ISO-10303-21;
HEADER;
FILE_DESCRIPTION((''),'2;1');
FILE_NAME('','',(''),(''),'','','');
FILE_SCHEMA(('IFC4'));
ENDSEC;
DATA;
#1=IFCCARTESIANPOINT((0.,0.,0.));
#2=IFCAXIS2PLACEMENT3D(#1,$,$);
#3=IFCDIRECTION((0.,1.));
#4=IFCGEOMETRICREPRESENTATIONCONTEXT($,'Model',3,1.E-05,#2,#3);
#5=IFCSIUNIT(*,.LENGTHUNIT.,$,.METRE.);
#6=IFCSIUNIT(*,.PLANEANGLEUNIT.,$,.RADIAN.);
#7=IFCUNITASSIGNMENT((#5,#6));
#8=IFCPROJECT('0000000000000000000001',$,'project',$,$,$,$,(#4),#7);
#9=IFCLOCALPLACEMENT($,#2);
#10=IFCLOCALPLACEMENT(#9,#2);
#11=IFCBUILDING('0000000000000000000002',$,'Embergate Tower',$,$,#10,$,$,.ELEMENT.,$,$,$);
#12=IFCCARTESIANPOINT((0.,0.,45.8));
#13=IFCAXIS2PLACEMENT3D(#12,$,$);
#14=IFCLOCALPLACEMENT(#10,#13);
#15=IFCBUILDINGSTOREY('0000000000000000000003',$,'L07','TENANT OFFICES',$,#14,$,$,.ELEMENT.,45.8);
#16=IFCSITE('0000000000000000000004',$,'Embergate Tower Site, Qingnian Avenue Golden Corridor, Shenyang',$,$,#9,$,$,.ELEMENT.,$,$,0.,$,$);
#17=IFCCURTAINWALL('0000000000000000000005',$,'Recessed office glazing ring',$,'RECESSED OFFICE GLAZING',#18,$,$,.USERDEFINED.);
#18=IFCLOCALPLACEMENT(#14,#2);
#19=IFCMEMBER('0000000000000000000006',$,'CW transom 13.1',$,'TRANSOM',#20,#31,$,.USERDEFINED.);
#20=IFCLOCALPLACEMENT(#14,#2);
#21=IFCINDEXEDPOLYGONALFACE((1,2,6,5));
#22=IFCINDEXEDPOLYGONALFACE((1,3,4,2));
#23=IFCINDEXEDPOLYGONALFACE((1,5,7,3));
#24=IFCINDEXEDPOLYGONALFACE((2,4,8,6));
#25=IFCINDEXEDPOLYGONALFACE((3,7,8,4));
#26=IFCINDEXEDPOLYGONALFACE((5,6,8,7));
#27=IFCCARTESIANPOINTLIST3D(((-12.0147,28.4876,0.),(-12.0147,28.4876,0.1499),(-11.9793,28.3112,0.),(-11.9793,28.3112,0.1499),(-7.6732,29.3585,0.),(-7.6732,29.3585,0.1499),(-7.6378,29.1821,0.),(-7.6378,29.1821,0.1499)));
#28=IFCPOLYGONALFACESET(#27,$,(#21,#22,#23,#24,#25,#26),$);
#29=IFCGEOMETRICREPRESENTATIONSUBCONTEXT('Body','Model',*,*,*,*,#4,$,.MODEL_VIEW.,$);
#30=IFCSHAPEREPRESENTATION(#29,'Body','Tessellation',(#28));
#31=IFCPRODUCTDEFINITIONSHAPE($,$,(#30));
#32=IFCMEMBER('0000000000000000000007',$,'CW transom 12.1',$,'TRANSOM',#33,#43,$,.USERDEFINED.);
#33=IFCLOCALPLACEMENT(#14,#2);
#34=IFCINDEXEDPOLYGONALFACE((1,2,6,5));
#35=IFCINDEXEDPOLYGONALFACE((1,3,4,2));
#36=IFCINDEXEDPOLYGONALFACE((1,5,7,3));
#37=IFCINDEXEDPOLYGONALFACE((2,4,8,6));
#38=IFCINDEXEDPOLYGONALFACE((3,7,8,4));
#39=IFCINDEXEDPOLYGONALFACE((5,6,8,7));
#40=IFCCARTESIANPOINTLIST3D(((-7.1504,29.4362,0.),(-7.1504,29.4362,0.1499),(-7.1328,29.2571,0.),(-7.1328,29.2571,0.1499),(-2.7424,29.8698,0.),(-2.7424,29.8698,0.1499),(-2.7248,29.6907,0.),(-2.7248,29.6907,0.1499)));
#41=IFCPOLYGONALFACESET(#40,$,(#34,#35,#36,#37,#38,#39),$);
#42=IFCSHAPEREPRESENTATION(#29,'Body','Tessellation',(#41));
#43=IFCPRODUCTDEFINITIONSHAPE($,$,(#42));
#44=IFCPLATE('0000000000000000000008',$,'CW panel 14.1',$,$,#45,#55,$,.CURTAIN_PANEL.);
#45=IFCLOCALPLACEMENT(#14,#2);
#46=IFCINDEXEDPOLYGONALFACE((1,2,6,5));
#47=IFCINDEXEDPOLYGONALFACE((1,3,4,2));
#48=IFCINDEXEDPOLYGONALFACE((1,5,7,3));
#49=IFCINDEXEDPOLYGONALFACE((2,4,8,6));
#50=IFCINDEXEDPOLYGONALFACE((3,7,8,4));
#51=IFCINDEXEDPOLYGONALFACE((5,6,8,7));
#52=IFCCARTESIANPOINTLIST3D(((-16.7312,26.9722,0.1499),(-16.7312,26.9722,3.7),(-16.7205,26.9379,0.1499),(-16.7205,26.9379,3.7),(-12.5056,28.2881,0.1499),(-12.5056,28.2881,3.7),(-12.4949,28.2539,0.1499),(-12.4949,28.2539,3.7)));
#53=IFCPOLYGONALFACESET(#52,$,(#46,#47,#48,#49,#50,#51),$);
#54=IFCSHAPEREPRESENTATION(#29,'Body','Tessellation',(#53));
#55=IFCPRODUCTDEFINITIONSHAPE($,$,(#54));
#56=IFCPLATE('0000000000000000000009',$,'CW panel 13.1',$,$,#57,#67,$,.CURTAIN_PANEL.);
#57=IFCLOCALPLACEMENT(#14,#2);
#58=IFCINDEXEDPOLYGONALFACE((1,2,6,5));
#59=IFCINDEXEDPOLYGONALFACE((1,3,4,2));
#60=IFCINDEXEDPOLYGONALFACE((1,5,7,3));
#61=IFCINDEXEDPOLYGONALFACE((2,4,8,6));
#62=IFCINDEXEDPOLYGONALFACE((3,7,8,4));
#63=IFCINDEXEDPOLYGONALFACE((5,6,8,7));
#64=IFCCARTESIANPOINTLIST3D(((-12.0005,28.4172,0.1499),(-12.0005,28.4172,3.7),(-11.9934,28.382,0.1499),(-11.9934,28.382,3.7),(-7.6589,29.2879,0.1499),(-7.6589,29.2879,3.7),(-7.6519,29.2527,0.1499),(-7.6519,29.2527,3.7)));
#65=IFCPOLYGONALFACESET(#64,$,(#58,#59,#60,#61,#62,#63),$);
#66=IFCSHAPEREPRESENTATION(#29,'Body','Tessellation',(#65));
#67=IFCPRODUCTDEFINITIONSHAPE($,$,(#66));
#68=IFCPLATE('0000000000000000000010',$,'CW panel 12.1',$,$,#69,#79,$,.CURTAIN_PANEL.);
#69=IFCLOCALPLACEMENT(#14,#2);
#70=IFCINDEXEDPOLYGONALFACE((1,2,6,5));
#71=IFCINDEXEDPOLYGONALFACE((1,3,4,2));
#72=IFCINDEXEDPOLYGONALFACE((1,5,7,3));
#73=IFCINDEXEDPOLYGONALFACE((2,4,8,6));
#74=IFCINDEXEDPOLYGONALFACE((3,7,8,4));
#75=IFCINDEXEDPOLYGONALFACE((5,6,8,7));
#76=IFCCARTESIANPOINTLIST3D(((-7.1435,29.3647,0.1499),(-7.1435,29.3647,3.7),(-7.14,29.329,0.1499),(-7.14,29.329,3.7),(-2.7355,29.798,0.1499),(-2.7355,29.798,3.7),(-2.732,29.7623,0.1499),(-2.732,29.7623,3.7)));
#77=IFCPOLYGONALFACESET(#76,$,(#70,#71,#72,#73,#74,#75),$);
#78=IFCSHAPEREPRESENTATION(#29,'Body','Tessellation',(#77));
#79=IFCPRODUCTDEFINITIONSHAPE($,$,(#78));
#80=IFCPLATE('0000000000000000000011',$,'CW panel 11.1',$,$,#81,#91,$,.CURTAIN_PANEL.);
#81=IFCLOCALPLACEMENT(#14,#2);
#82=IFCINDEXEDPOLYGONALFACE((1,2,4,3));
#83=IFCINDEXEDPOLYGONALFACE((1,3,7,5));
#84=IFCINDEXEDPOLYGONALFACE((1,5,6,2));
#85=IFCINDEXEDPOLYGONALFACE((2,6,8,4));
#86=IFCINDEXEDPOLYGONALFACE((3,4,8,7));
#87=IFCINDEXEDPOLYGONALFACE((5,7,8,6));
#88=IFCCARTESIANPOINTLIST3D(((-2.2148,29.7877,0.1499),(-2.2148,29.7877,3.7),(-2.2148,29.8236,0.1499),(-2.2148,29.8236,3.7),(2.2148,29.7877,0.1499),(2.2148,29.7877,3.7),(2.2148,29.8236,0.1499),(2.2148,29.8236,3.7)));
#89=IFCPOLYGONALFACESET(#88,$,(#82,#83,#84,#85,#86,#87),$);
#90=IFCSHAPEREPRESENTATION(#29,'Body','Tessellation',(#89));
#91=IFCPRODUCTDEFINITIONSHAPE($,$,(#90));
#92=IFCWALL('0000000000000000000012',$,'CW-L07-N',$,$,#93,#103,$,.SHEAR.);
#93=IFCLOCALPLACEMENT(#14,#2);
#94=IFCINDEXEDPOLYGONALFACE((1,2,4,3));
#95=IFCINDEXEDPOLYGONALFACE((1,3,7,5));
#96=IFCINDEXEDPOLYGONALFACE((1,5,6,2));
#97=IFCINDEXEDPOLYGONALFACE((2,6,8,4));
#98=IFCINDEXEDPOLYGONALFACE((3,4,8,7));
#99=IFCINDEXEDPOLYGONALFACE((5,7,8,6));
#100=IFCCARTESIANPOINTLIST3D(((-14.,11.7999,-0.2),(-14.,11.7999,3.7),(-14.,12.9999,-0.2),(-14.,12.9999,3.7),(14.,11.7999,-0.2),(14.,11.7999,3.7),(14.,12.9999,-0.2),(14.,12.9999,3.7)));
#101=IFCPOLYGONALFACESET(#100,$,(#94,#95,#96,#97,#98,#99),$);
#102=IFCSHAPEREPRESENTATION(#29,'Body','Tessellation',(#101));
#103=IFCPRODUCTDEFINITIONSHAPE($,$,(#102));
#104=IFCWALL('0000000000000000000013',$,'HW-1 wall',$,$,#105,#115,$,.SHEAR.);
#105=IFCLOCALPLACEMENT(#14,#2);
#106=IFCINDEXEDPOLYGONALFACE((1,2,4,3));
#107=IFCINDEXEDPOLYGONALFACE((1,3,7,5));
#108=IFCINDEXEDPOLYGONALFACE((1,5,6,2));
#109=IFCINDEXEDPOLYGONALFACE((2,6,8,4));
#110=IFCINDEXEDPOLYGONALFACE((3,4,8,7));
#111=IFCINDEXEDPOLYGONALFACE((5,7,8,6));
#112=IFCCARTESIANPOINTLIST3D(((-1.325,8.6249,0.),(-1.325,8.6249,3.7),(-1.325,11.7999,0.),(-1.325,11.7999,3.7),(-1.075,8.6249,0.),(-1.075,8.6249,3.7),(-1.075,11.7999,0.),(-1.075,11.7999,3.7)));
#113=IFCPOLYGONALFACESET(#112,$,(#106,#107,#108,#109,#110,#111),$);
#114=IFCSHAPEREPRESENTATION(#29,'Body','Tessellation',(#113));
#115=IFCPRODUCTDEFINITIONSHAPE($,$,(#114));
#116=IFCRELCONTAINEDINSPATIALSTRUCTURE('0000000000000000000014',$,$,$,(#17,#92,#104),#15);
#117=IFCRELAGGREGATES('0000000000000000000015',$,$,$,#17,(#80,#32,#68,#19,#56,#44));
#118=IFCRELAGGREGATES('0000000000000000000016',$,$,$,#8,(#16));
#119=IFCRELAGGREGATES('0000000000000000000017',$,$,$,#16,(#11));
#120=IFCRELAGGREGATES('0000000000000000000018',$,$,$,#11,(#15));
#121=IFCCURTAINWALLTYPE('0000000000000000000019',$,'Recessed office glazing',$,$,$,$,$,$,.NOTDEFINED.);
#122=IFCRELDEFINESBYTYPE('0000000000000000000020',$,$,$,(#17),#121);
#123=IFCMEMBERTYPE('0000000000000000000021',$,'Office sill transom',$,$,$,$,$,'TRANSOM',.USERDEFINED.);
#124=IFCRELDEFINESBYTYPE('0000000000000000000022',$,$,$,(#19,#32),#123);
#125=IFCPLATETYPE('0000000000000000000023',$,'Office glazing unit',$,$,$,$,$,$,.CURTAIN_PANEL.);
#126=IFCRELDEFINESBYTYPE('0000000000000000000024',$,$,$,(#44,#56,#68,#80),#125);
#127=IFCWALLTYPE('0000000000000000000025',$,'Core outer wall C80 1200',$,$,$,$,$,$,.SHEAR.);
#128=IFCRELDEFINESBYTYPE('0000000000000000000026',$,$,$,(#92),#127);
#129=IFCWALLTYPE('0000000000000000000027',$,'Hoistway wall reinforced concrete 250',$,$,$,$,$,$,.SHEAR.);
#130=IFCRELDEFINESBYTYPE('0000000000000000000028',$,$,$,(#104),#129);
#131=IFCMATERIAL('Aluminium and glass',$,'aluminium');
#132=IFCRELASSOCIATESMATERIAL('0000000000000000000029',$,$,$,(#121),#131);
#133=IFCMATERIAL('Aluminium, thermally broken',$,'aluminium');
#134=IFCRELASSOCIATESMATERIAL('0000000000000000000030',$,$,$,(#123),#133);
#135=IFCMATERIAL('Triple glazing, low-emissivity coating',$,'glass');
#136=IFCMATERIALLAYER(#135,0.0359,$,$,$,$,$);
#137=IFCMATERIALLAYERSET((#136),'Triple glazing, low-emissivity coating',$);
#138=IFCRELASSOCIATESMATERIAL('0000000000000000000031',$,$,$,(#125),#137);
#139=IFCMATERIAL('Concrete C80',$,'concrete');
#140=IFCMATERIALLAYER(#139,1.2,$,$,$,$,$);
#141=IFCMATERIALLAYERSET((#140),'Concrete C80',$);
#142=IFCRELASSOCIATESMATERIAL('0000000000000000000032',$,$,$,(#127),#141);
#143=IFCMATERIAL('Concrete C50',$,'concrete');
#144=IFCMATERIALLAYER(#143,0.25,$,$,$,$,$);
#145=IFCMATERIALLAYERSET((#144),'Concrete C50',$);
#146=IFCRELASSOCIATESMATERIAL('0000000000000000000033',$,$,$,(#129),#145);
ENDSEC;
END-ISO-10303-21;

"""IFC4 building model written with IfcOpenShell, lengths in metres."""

from ifc_helpers import new_model, si_unit, direction, frame, frame_2d, origin, origin_2d, place, context, subcontext, project, spatial, rectangle, extrude, source, transform, mapped, material, layer, layer_set, material_profile, profile_set, type_object, element, aggregate, save


model = new_model("IFC4")

# Units and contexts
model_context = context("Model", 3, precision=1e-05, world=origin(), true_north=direction((0.0, 1.0)))
body_context = subcontext(model_context, "Body", "Model", "MODEL_VIEW")
ifc_project = project(units=[si_unit("LENGTHUNIT", "METRE"), si_unit("PLANEANGLEUNIT", "RADIAN")], contexts=[model_context])

# Site, building, storey
site_placement = place(None, origin())
site = spatial("IfcSite", under=ifc_project, at=site_placement, Name="Embergate Tower Site, Qingnian Avenue Golden Corridor, Shenyang", CompositionType="ELEMENT", RefElevation=0.0)
building_placement = place(site_placement, origin())
building = spatial("IfcBuilding", under=site, at=building_placement, Name="Embergate Tower", CompositionType="ELEMENT")
storey_placement = place(building_placement, frame((0.0, 0.0, 45.8)))
storey = spatial("IfcBuildingStorey", under=building, at=storey_placement, Name="L07", Description="TENANT OFFICES", CompositionType="ELEMENT", Elevation=45.8)

# Curtain wall, members, plates
ifc_material_1 = material(Name="Aluminium and glass", Category="aluminium")
curtain_wall_type = type_object("IfcCurtainWallType", Name="Recessed office glazing", PredefinedType="NOTDEFINED", material=ifc_material_1)
curtain_wall_placement = place(storey_placement, origin())
curtain_wall = element("IfcCurtainWall", 1, at=curtain_wall_placement, inside=storey, type_object=curtain_wall_type, Name="Recessed office glazing ring", ObjectType="RECESSED OFFICE GLAZING", PredefinedType="USERDEFINED")
ifc_material_2 = material(Name="Aluminium, thermally broken", Category="aluminium")
ifc_material_profile_1 = material_profile(ifc_material_2, rectangle(XDim=0.1799, YDim=0.1499, at=origin_2d()), Name="AL 150x180")
ifc_profile_set_1 = profile_set([ifc_material_profile_1], Name="Aluminium, thermally broken")
member_type_1 = type_object("IfcMemberType", Name="Office sill transom", ElementType="TRANSOM", PredefinedType="USERDEFINED", material=ifc_profile_set_1)
shared_shape_1 = source(origin(), body_context, "Body", "SweptSolid", [
    extrude(rectangle(XDim=0.1799, YDim=0.1499, at=origin_2d()), origin(), (0.0, 0.0, 1.0), 4.428),
])
member_1_placement = place(storey_placement, frame((-7.6555, 29.2703, 0.075), z_axis=(-0.98047, -0.196667, 0.0), x_axis=(0.196667, -0.98047, 0.0)))
member_1 = element("IfcMember", 2, at=member_1_placement, type_object=member_type_1, Name="CW transom 13.1", ObjectType="TRANSOM", PredefinedType="USERDEFINED", context=body_context, shape_type="MappedRepresentation", body=[
    mapped(shared_shape_1, transform((0.0, 0.0, 0.0))),
])
shared_shape_2 = source(origin(), body_context, "Body", "SweptSolid", [
    extrude(rectangle(XDim=0.1799, YDim=0.1499, at=origin_2d()), origin(), (0.0, 0.0, 1.0), 4.4292),
])
member_2_placement = place(storey_placement, frame((-2.7336, 29.7803, 0.075), z_axis=(-0.995197, -0.097894, 0.0), x_axis=(0.097894, -0.995197, 0.0)))
member_2 = element("IfcMember", 3, at=member_2_placement, type_object=member_type_1, Name="CW transom 12.1", ObjectType="TRANSOM", PredefinedType="USERDEFINED", context=body_context, shape_type="MappedRepresentation", body=[
    mapped(shared_shape_2, transform((0.0, 0.0, 0.0))),
])
ifc_material_3 = material(Name="Triple glazing, low-emissivity coating", Category="glass")
ifc_layer_1 = layer(ifc_material_3, 0.0359)
ifc_layer_set_1 = layer_set([ifc_layer_1], Name="Triple glazing, low-emissivity coating")
plate_type = type_object("IfcPlateType", Name="Office glazing unit", PredefinedType="CURTAIN_PANEL", material=ifc_layer_set_1)
shared_shape_3 = source(origin(), body_context, "Body", "SweptSolid", [
    extrude(rectangle(XDim=4.4258, YDim=0.0359, at=origin_2d()), origin(), (0.0, 0.0, 1.0), 3.55),
])
plate_1_placement = place(storey_placement, frame((-14.613, 27.613, 0.1499), z_axis=(0.0, 0.0, 1.0), x_axis=(-0.954772, -0.297338, 0.0)))
plate_1 = element("IfcPlate", 4, at=plate_1_placement, type_object=plate_type, Name="CW panel 14.1", PredefinedType="CURTAIN_PANEL", context=body_context, shape_type="MappedRepresentation", body=[
    mapped(shared_shape_3, transform((0.0, 0.0, 0.0))),
])
shared_shape_4 = source(origin(), body_context, "Body", "SweptSolid", [
    extrude(rectangle(XDim=4.428, YDim=0.0359, at=origin_2d()), origin(), (0.0, 0.0, 1.0), 3.55),
])
plate_2_placement = place(storey_placement, frame((-9.8262, 28.835, 0.1499), z_axis=(0.0, 0.0, 1.0), x_axis=(-0.980476, -0.196639, 0.0)))
plate_2 = element("IfcPlate", 5, at=plate_2_placement, type_object=plate_type, Name="CW panel 13.1", PredefinedType="CURTAIN_PANEL", context=body_context, shape_type="MappedRepresentation", body=[
    mapped(shared_shape_4, transform((0.0, 0.0, 0.0))),
])
shared_shape_5 = source(origin(), body_context, "Body", "SweptSolid", [
    extrude(rectangle(XDim=4.4292, YDim=0.0359, at=origin_2d()), origin(), (0.0, 0.0, 1.0), 3.55),
])
plate_3_placement = place(storey_placement, frame((-4.9377, 29.5635, 0.1499), z_axis=(0.0, 0.0, 1.0), x_axis=(-0.995203, -0.09783, 0.0)))
plate_3 = element("IfcPlate", 6, at=plate_3_placement, type_object=plate_type, Name="CW panel 12.1", PredefinedType="CURTAIN_PANEL", context=body_context, shape_type="MappedRepresentation", body=[
    mapped(shared_shape_5, transform((0.0, 0.0, 0.0))),
])
shared_shape_6 = source(origin(), body_context, "Body", "SweptSolid", [
    extrude(rectangle(XDim=4.4297, YDim=0.0359, at=origin_2d()), origin(), (0.0, 0.0, 1.0), 3.55),
])
plate_4_placement = place(storey_placement, frame((0.0, 29.8057, 0.1499), z_axis=(0.0, 0.0, 1.0), x_axis=(-1.0, 0.0, 0.0)))
plate_4 = element("IfcPlate", 7, at=plate_4_placement, type_object=plate_type, Name="CW panel 11.1", PredefinedType="CURTAIN_PANEL", context=body_context, shape_type="MappedRepresentation", body=[
    mapped(shared_shape_6, transform((0.0, 0.0, 0.0))),
])
aggregate(curtain_wall, [plate_4, member_2, plate_3, member_1, plate_2, plate_1])

# Walls
ifc_material_4 = material(Name="Concrete C80", Category="concrete")
ifc_layer_2 = layer(ifc_material_4, 1.2)
ifc_layer_set_2 = layer_set([ifc_layer_2], Name="Concrete C80")
wall_type_1 = type_object("IfcWallType", Name="Core outer wall C80 1200", PredefinedType="SHEAR", material=ifc_layer_set_2)
shared_shape_7 = source(origin(), body_context, "Body", "SweptSolid", [
    extrude(rectangle(XDim=28.0, YDim=1.2, at=frame_2d((14.0, 0.0))), origin(), (0.0, 0.0, 1.0), 3.8999),
])
wall_1_placement = place(storey_placement, frame((-14.0, 12.3999, -0.2), z_axis=(0.0, 0.0, 1.0), x_axis=(1.0, 0.0, 0.0)))
element("IfcWall", 8, at=wall_1_placement, inside=storey, type_object=wall_type_1, Name="CW-L07-N", PredefinedType="SHEAR", context=body_context, shape_type="MappedRepresentation", body=[
    mapped(shared_shape_7, transform((0.0, 0.0, 0.0))),
])
ifc_material_5 = material(Name="Concrete C50", Category="concrete")
ifc_layer_3 = layer(ifc_material_5, 0.25)
ifc_layer_set_3 = layer_set([ifc_layer_3], Name="Concrete C50")
wall_type_2 = type_object("IfcWallType", Name="Hoistway wall reinforced concrete 250", PredefinedType="SHEAR", material=ifc_layer_set_3)
shared_shape_8 = source(origin(), body_context, "Body", "SweptSolid", [
    extrude(rectangle(XDim=3.175, YDim=0.25, at=frame_2d((1.5874, 0.0))), origin(), (0.0, 0.0, 1.0), 3.7),
])
wall_2_placement = place(storey_placement, frame((-1.2, 8.625, 0.0), z_axis=(0.0, 0.0, 1.0), x_axis=(0.0, 1.0, 0.0)))
element("IfcWall", 9, at=wall_2_placement, inside=storey, type_object=wall_type_2, Name="HW-1 wall", PredefinedType="SHEAR", context=body_context, shape_type="MappedRepresentation", body=[
    mapped(shared_shape_8, transform((0.0, 0.0, 0.0))),
])

save(model, "model.ifc")
